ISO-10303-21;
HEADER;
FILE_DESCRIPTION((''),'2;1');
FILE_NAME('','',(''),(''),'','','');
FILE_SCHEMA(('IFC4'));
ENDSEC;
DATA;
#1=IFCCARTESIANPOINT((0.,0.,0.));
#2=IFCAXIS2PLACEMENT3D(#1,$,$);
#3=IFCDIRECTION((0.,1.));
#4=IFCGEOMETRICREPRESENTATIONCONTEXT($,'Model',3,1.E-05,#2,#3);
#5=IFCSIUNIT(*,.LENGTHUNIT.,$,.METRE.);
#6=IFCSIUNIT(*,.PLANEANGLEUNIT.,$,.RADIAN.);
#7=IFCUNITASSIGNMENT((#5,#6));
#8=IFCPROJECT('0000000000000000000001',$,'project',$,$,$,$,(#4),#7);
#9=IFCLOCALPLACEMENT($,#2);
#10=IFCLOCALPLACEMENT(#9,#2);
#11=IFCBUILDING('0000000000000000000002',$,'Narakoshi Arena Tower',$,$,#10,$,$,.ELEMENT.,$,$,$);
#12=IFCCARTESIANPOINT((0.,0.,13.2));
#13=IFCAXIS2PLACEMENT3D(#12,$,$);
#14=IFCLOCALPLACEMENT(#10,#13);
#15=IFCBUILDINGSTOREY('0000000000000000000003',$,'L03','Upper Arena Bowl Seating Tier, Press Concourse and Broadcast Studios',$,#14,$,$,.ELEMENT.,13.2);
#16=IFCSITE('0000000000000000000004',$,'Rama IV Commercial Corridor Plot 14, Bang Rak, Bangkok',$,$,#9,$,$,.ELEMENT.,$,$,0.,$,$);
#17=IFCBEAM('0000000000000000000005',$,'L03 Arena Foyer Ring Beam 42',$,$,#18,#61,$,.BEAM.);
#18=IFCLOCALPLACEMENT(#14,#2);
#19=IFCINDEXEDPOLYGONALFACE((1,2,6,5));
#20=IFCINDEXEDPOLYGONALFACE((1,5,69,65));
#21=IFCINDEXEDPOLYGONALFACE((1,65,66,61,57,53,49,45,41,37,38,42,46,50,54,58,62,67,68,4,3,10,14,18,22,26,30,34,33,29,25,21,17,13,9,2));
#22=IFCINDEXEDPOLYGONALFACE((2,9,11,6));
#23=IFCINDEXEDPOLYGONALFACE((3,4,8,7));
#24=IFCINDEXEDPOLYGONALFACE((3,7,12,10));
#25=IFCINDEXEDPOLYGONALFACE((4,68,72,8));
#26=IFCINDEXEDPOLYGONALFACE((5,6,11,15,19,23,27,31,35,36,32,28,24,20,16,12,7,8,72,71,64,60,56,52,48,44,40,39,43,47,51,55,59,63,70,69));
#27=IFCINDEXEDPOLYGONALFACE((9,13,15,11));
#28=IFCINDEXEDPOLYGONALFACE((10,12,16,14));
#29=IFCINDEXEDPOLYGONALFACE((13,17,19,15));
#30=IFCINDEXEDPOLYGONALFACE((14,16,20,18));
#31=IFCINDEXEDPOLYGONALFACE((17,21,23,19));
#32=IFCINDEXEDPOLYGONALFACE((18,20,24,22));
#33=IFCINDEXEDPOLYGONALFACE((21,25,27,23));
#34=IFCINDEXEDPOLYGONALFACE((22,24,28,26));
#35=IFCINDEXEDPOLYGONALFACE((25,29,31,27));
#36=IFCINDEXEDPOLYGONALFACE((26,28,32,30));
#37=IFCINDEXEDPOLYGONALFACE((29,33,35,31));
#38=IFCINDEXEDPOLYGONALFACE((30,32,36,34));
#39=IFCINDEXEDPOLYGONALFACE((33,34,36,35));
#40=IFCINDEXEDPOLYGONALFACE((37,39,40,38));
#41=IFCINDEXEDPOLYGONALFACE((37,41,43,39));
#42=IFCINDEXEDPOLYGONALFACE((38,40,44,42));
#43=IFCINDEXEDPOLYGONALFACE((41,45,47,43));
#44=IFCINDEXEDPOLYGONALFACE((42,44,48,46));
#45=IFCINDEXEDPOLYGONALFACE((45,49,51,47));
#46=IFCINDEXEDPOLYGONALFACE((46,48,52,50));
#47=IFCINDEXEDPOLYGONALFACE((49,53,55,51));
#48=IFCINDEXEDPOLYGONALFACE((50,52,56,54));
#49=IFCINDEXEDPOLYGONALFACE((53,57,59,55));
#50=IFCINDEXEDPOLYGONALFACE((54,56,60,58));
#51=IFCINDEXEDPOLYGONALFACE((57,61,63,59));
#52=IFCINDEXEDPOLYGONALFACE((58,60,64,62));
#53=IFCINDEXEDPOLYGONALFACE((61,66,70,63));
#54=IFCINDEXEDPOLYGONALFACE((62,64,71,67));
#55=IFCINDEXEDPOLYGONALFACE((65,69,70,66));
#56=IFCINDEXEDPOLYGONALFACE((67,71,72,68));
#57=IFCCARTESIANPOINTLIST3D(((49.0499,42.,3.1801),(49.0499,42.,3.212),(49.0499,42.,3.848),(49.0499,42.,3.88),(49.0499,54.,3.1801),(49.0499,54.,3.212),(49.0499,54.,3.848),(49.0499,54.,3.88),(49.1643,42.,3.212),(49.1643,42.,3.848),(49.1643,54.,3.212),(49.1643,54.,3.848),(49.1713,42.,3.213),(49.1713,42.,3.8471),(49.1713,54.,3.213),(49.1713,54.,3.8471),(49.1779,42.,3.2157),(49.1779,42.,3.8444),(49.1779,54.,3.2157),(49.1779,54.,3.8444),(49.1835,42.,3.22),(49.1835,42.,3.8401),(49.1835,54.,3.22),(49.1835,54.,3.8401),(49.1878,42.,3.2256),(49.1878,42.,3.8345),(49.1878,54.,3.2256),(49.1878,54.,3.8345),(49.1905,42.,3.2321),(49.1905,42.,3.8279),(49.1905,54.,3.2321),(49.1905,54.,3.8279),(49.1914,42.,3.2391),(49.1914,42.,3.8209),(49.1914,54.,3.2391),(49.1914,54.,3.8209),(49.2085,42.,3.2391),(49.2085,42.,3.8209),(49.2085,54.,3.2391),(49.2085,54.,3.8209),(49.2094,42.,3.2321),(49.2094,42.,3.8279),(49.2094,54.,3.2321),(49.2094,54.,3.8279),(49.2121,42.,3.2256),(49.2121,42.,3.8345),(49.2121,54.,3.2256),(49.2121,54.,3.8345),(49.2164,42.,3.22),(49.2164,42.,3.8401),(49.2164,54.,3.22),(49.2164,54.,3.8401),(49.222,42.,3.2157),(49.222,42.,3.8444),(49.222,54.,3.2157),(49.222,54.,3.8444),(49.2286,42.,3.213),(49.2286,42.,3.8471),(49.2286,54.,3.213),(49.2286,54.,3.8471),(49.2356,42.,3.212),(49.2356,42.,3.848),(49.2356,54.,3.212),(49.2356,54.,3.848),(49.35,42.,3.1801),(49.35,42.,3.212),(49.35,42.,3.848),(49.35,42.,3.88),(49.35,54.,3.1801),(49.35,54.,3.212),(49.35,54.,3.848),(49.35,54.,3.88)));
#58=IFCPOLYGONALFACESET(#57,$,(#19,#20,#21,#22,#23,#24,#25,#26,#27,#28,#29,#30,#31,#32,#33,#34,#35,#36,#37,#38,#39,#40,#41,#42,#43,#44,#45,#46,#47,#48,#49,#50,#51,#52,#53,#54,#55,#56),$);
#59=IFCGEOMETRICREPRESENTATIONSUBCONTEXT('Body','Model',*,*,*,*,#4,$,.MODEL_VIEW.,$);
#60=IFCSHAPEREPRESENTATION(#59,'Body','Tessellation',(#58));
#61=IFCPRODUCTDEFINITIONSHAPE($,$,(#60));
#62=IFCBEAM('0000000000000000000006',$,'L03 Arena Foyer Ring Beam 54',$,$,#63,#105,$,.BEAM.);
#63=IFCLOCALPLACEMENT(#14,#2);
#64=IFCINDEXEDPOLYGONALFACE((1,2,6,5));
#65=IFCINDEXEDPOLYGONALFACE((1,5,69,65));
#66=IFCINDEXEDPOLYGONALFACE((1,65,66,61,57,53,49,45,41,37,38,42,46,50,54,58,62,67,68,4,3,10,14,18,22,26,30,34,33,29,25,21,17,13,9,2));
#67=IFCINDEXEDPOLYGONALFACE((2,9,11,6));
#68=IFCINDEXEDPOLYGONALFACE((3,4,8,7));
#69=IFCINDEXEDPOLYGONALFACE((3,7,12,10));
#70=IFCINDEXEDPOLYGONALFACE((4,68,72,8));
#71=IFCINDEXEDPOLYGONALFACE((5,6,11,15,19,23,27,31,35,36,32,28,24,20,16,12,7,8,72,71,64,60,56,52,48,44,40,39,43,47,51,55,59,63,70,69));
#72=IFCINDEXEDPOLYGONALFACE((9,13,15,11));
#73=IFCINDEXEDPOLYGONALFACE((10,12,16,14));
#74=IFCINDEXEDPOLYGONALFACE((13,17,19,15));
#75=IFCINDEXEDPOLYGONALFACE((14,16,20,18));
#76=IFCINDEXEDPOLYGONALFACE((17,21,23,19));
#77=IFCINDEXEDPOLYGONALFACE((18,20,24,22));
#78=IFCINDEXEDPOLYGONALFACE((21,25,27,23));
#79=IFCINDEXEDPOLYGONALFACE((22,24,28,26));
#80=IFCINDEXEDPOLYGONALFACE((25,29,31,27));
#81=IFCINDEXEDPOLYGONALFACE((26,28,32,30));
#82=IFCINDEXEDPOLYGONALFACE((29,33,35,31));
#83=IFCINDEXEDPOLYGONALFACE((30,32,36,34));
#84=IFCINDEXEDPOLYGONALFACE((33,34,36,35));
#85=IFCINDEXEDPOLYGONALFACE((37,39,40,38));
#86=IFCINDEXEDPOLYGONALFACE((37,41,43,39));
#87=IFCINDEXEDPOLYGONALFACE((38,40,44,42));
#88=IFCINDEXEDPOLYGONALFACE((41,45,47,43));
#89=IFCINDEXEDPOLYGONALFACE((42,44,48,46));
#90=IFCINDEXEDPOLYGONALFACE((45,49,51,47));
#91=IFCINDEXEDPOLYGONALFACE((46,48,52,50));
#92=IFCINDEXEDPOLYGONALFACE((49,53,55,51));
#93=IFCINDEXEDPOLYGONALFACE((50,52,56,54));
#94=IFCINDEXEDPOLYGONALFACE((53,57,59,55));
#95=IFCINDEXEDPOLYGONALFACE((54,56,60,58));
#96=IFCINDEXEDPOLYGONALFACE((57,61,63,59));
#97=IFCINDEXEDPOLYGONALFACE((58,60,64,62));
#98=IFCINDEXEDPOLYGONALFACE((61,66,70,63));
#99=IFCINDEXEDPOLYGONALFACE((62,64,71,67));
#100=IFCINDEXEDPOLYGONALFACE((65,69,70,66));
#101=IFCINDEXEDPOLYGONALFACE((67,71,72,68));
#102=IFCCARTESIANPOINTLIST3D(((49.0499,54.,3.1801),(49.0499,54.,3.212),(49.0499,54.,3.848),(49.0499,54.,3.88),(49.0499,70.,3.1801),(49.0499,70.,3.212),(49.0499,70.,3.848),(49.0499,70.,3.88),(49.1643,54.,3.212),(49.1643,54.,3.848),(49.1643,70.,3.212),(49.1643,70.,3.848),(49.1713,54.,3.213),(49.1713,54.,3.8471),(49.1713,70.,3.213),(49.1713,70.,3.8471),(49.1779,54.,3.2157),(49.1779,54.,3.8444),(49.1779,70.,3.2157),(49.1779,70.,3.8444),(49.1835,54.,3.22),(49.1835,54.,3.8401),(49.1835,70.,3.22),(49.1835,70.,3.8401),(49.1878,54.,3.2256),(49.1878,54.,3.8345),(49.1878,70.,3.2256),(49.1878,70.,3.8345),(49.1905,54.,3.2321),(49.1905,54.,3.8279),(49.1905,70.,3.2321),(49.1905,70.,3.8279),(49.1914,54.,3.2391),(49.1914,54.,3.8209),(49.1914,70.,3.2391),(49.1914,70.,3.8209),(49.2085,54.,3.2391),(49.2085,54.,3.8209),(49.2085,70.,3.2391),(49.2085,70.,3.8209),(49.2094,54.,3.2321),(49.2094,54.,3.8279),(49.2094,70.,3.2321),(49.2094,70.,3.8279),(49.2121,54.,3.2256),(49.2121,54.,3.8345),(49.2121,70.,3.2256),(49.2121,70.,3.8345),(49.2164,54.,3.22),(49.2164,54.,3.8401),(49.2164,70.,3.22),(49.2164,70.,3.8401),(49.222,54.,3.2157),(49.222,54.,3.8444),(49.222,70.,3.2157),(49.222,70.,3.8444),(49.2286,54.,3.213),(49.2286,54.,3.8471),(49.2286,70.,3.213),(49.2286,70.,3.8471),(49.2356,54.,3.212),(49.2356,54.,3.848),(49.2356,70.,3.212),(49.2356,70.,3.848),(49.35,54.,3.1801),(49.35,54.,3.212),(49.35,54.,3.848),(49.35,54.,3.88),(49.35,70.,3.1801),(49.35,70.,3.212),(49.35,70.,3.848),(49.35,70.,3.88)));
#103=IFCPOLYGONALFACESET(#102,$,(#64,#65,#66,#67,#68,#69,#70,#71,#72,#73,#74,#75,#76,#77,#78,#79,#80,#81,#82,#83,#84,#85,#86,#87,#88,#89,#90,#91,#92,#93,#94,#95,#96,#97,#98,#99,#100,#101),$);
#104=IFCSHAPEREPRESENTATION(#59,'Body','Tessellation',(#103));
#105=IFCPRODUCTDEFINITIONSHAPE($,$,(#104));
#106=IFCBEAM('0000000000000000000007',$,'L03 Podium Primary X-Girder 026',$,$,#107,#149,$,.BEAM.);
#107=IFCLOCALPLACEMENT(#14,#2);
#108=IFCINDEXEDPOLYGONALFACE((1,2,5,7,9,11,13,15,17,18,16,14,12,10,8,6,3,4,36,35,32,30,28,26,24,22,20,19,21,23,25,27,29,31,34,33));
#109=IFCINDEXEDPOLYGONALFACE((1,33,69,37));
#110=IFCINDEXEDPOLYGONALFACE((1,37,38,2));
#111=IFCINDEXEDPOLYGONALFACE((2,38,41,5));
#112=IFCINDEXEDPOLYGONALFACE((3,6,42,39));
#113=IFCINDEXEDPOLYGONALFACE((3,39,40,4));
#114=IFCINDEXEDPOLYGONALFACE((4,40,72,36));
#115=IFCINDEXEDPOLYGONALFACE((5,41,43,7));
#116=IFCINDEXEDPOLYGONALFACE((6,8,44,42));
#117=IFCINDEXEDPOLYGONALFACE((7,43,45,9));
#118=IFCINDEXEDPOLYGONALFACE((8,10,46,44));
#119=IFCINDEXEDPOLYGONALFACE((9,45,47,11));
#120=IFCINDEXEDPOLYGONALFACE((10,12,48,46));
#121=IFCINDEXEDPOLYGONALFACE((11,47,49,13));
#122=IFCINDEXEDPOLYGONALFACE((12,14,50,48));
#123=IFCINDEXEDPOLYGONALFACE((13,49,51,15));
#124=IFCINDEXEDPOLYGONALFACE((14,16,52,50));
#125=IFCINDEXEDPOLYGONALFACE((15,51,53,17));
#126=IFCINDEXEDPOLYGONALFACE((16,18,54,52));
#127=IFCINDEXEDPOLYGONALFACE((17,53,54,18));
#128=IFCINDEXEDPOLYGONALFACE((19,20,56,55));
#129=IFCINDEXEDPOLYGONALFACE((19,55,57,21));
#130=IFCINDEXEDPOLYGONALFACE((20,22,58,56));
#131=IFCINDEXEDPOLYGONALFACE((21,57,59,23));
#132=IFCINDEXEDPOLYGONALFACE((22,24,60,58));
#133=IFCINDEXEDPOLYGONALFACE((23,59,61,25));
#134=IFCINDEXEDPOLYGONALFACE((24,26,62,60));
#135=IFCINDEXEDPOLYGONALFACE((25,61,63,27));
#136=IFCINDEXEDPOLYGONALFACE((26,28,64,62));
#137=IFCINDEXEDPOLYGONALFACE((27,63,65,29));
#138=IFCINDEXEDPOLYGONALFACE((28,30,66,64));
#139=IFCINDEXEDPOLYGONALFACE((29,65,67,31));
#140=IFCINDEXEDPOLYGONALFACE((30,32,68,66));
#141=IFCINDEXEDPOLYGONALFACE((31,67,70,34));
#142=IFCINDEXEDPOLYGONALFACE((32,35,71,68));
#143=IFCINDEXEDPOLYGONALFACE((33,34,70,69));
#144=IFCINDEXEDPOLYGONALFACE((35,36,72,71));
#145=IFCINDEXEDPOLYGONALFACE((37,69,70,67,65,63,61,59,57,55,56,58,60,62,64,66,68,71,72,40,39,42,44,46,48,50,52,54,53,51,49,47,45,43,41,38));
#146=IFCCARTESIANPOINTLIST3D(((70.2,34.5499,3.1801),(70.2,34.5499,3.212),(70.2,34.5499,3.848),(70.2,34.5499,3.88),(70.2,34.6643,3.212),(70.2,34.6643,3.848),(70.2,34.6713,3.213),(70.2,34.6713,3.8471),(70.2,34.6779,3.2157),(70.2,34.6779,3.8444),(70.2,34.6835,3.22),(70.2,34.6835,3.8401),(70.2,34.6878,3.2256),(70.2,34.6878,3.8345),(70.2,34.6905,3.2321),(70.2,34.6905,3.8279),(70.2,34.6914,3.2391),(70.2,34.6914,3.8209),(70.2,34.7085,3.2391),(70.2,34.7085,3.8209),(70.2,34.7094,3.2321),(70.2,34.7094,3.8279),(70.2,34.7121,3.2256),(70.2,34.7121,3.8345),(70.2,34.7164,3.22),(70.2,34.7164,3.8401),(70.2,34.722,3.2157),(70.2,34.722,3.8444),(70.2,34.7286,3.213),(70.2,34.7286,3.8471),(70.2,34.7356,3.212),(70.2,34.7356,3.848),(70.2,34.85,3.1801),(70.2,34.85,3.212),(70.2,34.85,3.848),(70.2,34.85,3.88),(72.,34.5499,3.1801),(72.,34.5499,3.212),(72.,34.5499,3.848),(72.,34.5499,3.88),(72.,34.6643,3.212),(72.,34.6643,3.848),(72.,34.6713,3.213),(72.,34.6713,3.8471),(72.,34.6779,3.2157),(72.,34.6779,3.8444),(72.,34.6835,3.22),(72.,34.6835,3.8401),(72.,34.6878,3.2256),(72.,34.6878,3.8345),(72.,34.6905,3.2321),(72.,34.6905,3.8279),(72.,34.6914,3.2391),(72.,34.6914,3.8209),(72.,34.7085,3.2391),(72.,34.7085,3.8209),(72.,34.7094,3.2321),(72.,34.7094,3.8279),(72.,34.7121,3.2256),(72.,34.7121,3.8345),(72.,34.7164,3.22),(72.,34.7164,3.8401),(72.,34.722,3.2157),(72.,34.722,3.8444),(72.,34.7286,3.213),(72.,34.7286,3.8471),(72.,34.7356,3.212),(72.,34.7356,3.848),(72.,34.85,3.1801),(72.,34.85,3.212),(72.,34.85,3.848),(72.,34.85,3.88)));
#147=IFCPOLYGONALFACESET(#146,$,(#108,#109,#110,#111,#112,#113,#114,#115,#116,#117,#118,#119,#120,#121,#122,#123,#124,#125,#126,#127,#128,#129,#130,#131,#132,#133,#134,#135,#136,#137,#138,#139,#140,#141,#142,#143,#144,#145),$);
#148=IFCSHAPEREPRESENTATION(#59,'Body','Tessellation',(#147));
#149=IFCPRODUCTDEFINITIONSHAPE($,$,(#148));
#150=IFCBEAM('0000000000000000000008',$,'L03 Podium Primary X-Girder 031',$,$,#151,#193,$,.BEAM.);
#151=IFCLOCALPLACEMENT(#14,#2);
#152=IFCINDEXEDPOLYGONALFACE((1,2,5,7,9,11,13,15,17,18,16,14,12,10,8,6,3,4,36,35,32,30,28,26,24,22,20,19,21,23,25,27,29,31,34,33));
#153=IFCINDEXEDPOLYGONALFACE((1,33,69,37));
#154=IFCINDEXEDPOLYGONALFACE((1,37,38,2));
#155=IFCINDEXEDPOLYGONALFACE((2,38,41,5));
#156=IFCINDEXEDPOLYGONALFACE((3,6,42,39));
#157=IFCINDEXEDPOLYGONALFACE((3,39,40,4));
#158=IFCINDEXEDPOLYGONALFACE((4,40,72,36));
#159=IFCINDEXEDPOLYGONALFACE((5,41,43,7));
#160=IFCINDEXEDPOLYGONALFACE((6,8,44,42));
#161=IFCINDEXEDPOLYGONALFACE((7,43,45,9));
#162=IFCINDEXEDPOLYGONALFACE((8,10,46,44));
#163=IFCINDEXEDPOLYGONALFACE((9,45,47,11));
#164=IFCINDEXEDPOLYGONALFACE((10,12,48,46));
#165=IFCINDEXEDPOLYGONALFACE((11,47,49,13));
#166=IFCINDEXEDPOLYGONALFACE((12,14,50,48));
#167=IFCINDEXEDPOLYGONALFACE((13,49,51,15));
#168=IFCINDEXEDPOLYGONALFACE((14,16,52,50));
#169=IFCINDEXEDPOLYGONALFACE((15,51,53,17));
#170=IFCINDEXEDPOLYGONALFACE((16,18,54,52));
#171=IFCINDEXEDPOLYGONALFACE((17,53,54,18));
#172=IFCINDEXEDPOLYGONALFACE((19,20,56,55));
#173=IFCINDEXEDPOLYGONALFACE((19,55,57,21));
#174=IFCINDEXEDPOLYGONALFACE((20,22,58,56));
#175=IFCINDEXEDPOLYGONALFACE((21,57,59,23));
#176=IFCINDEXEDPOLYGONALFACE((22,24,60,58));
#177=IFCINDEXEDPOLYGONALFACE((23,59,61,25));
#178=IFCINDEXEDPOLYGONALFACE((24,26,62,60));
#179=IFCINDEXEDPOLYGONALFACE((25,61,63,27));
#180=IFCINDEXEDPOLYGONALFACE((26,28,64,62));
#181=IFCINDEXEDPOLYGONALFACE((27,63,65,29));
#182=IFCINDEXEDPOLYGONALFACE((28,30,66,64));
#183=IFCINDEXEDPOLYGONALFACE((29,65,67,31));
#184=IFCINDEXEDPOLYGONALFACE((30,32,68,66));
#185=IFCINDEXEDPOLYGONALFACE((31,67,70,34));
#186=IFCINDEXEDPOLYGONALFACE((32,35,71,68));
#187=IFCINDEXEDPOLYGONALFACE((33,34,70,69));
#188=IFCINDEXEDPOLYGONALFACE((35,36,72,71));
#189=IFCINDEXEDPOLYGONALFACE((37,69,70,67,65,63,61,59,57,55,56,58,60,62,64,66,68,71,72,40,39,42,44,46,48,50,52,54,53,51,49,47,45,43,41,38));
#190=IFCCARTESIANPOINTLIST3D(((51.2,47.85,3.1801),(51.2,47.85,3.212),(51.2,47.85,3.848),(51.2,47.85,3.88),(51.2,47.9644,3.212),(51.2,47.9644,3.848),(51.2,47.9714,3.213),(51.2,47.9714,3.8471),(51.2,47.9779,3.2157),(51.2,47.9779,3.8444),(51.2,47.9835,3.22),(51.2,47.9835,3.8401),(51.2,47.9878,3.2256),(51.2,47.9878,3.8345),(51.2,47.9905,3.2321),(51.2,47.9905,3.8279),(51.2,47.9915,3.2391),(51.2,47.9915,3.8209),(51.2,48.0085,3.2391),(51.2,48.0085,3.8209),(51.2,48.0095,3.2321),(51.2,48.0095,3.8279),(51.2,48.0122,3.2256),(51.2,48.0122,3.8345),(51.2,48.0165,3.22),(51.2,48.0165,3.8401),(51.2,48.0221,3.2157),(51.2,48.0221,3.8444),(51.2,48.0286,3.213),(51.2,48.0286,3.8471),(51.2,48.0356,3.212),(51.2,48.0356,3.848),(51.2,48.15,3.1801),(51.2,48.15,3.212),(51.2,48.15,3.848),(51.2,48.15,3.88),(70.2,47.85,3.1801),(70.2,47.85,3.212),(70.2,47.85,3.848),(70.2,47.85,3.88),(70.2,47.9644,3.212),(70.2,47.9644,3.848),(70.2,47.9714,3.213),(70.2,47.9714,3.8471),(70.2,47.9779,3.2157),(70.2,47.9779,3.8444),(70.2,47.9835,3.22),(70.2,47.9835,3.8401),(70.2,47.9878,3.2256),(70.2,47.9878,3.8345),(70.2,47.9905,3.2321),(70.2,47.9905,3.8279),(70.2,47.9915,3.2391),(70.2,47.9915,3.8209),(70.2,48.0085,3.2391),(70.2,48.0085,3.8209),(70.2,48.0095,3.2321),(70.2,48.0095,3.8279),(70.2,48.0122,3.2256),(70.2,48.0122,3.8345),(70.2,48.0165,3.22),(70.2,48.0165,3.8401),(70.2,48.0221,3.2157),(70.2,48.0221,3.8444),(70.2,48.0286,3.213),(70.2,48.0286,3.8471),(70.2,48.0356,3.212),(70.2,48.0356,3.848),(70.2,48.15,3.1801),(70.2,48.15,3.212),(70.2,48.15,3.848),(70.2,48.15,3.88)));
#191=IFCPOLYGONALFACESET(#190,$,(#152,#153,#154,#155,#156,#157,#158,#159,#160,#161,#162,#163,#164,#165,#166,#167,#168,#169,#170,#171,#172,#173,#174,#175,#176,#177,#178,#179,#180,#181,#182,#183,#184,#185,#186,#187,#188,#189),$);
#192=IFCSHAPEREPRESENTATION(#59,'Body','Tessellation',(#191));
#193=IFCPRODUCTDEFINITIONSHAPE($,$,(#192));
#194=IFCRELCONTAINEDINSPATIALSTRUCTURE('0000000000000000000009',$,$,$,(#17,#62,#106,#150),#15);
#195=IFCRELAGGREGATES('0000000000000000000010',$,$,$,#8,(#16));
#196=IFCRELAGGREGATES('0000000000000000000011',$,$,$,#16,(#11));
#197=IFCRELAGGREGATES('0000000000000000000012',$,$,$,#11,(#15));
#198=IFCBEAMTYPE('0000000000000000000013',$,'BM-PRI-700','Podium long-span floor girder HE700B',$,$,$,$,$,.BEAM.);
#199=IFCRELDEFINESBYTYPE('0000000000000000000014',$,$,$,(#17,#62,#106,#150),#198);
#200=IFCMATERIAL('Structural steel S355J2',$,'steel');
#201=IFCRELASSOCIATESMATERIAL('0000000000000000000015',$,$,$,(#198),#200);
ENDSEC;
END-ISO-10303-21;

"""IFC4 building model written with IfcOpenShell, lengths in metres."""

from ifc_helpers import new_model, si_unit, direction, frame, origin, origin_2d, place, context, subcontext, project, spatial, i_section, extrude, material, material_profile, profile_set, type_object, element, save


model = new_model("IFC4")

# Units and contexts
model_context = context("Model", 3, precision=1e-05, world=origin(), true_north=direction((0.0, 1.0)))
body_context = subcontext(model_context, "Body", "Model", "MODEL_VIEW")
ifc_project = project(units=[si_unit("LENGTHUNIT", "METRE"), si_unit("PLANEANGLEUNIT", "RADIAN")], contexts=[model_context])

# Site, building, storey
site_placement = place(None, origin())
site = spatial("IfcSite", under=ifc_project, at=site_placement, Name="Rama IV Commercial Corridor Plot 14, Bang Rak, Bangkok", CompositionType="ELEMENT", RefElevation=0.0)
building_placement = place(site_placement, origin())
building = spatial("IfcBuilding", under=site, at=building_placement, Name="Narakoshi Arena Tower", CompositionType="ELEMENT")
storey_placement = place(building_placement, frame((0.0, 0.0, 13.2)))
storey = spatial("IfcBuildingStorey", under=building, at=storey_placement, Name="L03", Description="Upper Arena Bowl Seating Tier, Press Concourse and Broadcast Studios", CompositionType="ELEMENT", Elevation=13.2)

# Beams
ifc_material_1 = material(Name="Structural steel S355J2", Category="steel")
ifc_material_profile_1 = material_profile(ifc_material_1, i_section(OverallWidth=0.3, OverallDepth=0.7, WebThickness=0.0171, FlangeThickness=0.032, FilletRadius=0.0271, at=origin_2d()), Name="HE700B")
ifc_profile_set_1 = profile_set([ifc_material_profile_1], Name="Structural steel S355J2")
beam_type_1 = type_object("IfcBeamType", Name="BM-PRI-700", Description="Podium long-span floor girder HE700B", PredefinedType="BEAM", material=ifc_profile_set_1)
beam_1_placement = place(storey_placement, frame((49.2, 42.0, 3.53), z_axis=(0.0, 1.0, 0.0), x_axis=(-1.0, 0.0, 0.0)))
element("IfcBeam", 1, at=beam_1_placement, inside=storey, type_object=beam_type_1, Name="L03 Arena Foyer Ring Beam 42", PredefinedType="BEAM", context=body_context, shape_type="SweptSolid", body=[
    extrude(i_section(OverallWidth=0.3, OverallDepth=0.7, WebThickness=0.0171, FlangeThickness=0.032, FilletRadius=0.0271, at=origin_2d()), origin(), (0.0, 0.0, 1.0), 12.0),
])
beam_2_placement = place(storey_placement, frame((49.2, 54.0, 3.53), z_axis=(0.0, 1.0, 0.0), x_axis=(-1.0, 0.0, 0.0)))
element("IfcBeam", 2, at=beam_2_placement, inside=storey, type_object=beam_type_1, Name="L03 Arena Foyer Ring Beam 54", PredefinedType="BEAM", context=body_context, shape_type="SweptSolid", body=[
    extrude(i_section(OverallWidth=0.3, OverallDepth=0.7, WebThickness=0.0171, FlangeThickness=0.032, FilletRadius=0.0271, at=origin_2d()), origin(), (0.0, 0.0, 1.0), 16.0),
])
beam_3_placement = place(storey_placement, frame((70.2, 34.7, 3.53), z_axis=(1.0, 0.0, 0.0), x_axis=(0.0, 1.0, 0.0)))
element("IfcBeam", 3, at=beam_3_placement, inside=storey, type_object=beam_type_1, Name="L03 Podium Primary X-Girder 026", PredefinedType="BEAM", context=body_context, shape_type="SweptSolid", body=[
    extrude(i_section(OverallWidth=0.3, OverallDepth=0.7, WebThickness=0.0171, FlangeThickness=0.032, FilletRadius=0.0271, at=origin_2d()), origin(), (0.0, 0.0, 1.0), 1.8),
])
beam_4_placement = place(storey_placement, frame((51.2, 48.0, 3.53), z_axis=(1.0, 0.0, 0.0), x_axis=(0.0, 1.0, 0.0)))
element("IfcBeam", 4, at=beam_4_placement, inside=storey, type_object=beam_type_1, Name="L03 Podium Primary X-Girder 031", PredefinedType="BEAM", context=body_context, shape_type="SweptSolid", body=[
    extrude(i_section(OverallWidth=0.3, OverallDepth=0.7, WebThickness=0.0171, FlangeThickness=0.032, FilletRadius=0.0271, at=origin_2d()), origin(), (0.0, 0.0, 1.0), 19.0),
])

save(model, "model.ifc")
